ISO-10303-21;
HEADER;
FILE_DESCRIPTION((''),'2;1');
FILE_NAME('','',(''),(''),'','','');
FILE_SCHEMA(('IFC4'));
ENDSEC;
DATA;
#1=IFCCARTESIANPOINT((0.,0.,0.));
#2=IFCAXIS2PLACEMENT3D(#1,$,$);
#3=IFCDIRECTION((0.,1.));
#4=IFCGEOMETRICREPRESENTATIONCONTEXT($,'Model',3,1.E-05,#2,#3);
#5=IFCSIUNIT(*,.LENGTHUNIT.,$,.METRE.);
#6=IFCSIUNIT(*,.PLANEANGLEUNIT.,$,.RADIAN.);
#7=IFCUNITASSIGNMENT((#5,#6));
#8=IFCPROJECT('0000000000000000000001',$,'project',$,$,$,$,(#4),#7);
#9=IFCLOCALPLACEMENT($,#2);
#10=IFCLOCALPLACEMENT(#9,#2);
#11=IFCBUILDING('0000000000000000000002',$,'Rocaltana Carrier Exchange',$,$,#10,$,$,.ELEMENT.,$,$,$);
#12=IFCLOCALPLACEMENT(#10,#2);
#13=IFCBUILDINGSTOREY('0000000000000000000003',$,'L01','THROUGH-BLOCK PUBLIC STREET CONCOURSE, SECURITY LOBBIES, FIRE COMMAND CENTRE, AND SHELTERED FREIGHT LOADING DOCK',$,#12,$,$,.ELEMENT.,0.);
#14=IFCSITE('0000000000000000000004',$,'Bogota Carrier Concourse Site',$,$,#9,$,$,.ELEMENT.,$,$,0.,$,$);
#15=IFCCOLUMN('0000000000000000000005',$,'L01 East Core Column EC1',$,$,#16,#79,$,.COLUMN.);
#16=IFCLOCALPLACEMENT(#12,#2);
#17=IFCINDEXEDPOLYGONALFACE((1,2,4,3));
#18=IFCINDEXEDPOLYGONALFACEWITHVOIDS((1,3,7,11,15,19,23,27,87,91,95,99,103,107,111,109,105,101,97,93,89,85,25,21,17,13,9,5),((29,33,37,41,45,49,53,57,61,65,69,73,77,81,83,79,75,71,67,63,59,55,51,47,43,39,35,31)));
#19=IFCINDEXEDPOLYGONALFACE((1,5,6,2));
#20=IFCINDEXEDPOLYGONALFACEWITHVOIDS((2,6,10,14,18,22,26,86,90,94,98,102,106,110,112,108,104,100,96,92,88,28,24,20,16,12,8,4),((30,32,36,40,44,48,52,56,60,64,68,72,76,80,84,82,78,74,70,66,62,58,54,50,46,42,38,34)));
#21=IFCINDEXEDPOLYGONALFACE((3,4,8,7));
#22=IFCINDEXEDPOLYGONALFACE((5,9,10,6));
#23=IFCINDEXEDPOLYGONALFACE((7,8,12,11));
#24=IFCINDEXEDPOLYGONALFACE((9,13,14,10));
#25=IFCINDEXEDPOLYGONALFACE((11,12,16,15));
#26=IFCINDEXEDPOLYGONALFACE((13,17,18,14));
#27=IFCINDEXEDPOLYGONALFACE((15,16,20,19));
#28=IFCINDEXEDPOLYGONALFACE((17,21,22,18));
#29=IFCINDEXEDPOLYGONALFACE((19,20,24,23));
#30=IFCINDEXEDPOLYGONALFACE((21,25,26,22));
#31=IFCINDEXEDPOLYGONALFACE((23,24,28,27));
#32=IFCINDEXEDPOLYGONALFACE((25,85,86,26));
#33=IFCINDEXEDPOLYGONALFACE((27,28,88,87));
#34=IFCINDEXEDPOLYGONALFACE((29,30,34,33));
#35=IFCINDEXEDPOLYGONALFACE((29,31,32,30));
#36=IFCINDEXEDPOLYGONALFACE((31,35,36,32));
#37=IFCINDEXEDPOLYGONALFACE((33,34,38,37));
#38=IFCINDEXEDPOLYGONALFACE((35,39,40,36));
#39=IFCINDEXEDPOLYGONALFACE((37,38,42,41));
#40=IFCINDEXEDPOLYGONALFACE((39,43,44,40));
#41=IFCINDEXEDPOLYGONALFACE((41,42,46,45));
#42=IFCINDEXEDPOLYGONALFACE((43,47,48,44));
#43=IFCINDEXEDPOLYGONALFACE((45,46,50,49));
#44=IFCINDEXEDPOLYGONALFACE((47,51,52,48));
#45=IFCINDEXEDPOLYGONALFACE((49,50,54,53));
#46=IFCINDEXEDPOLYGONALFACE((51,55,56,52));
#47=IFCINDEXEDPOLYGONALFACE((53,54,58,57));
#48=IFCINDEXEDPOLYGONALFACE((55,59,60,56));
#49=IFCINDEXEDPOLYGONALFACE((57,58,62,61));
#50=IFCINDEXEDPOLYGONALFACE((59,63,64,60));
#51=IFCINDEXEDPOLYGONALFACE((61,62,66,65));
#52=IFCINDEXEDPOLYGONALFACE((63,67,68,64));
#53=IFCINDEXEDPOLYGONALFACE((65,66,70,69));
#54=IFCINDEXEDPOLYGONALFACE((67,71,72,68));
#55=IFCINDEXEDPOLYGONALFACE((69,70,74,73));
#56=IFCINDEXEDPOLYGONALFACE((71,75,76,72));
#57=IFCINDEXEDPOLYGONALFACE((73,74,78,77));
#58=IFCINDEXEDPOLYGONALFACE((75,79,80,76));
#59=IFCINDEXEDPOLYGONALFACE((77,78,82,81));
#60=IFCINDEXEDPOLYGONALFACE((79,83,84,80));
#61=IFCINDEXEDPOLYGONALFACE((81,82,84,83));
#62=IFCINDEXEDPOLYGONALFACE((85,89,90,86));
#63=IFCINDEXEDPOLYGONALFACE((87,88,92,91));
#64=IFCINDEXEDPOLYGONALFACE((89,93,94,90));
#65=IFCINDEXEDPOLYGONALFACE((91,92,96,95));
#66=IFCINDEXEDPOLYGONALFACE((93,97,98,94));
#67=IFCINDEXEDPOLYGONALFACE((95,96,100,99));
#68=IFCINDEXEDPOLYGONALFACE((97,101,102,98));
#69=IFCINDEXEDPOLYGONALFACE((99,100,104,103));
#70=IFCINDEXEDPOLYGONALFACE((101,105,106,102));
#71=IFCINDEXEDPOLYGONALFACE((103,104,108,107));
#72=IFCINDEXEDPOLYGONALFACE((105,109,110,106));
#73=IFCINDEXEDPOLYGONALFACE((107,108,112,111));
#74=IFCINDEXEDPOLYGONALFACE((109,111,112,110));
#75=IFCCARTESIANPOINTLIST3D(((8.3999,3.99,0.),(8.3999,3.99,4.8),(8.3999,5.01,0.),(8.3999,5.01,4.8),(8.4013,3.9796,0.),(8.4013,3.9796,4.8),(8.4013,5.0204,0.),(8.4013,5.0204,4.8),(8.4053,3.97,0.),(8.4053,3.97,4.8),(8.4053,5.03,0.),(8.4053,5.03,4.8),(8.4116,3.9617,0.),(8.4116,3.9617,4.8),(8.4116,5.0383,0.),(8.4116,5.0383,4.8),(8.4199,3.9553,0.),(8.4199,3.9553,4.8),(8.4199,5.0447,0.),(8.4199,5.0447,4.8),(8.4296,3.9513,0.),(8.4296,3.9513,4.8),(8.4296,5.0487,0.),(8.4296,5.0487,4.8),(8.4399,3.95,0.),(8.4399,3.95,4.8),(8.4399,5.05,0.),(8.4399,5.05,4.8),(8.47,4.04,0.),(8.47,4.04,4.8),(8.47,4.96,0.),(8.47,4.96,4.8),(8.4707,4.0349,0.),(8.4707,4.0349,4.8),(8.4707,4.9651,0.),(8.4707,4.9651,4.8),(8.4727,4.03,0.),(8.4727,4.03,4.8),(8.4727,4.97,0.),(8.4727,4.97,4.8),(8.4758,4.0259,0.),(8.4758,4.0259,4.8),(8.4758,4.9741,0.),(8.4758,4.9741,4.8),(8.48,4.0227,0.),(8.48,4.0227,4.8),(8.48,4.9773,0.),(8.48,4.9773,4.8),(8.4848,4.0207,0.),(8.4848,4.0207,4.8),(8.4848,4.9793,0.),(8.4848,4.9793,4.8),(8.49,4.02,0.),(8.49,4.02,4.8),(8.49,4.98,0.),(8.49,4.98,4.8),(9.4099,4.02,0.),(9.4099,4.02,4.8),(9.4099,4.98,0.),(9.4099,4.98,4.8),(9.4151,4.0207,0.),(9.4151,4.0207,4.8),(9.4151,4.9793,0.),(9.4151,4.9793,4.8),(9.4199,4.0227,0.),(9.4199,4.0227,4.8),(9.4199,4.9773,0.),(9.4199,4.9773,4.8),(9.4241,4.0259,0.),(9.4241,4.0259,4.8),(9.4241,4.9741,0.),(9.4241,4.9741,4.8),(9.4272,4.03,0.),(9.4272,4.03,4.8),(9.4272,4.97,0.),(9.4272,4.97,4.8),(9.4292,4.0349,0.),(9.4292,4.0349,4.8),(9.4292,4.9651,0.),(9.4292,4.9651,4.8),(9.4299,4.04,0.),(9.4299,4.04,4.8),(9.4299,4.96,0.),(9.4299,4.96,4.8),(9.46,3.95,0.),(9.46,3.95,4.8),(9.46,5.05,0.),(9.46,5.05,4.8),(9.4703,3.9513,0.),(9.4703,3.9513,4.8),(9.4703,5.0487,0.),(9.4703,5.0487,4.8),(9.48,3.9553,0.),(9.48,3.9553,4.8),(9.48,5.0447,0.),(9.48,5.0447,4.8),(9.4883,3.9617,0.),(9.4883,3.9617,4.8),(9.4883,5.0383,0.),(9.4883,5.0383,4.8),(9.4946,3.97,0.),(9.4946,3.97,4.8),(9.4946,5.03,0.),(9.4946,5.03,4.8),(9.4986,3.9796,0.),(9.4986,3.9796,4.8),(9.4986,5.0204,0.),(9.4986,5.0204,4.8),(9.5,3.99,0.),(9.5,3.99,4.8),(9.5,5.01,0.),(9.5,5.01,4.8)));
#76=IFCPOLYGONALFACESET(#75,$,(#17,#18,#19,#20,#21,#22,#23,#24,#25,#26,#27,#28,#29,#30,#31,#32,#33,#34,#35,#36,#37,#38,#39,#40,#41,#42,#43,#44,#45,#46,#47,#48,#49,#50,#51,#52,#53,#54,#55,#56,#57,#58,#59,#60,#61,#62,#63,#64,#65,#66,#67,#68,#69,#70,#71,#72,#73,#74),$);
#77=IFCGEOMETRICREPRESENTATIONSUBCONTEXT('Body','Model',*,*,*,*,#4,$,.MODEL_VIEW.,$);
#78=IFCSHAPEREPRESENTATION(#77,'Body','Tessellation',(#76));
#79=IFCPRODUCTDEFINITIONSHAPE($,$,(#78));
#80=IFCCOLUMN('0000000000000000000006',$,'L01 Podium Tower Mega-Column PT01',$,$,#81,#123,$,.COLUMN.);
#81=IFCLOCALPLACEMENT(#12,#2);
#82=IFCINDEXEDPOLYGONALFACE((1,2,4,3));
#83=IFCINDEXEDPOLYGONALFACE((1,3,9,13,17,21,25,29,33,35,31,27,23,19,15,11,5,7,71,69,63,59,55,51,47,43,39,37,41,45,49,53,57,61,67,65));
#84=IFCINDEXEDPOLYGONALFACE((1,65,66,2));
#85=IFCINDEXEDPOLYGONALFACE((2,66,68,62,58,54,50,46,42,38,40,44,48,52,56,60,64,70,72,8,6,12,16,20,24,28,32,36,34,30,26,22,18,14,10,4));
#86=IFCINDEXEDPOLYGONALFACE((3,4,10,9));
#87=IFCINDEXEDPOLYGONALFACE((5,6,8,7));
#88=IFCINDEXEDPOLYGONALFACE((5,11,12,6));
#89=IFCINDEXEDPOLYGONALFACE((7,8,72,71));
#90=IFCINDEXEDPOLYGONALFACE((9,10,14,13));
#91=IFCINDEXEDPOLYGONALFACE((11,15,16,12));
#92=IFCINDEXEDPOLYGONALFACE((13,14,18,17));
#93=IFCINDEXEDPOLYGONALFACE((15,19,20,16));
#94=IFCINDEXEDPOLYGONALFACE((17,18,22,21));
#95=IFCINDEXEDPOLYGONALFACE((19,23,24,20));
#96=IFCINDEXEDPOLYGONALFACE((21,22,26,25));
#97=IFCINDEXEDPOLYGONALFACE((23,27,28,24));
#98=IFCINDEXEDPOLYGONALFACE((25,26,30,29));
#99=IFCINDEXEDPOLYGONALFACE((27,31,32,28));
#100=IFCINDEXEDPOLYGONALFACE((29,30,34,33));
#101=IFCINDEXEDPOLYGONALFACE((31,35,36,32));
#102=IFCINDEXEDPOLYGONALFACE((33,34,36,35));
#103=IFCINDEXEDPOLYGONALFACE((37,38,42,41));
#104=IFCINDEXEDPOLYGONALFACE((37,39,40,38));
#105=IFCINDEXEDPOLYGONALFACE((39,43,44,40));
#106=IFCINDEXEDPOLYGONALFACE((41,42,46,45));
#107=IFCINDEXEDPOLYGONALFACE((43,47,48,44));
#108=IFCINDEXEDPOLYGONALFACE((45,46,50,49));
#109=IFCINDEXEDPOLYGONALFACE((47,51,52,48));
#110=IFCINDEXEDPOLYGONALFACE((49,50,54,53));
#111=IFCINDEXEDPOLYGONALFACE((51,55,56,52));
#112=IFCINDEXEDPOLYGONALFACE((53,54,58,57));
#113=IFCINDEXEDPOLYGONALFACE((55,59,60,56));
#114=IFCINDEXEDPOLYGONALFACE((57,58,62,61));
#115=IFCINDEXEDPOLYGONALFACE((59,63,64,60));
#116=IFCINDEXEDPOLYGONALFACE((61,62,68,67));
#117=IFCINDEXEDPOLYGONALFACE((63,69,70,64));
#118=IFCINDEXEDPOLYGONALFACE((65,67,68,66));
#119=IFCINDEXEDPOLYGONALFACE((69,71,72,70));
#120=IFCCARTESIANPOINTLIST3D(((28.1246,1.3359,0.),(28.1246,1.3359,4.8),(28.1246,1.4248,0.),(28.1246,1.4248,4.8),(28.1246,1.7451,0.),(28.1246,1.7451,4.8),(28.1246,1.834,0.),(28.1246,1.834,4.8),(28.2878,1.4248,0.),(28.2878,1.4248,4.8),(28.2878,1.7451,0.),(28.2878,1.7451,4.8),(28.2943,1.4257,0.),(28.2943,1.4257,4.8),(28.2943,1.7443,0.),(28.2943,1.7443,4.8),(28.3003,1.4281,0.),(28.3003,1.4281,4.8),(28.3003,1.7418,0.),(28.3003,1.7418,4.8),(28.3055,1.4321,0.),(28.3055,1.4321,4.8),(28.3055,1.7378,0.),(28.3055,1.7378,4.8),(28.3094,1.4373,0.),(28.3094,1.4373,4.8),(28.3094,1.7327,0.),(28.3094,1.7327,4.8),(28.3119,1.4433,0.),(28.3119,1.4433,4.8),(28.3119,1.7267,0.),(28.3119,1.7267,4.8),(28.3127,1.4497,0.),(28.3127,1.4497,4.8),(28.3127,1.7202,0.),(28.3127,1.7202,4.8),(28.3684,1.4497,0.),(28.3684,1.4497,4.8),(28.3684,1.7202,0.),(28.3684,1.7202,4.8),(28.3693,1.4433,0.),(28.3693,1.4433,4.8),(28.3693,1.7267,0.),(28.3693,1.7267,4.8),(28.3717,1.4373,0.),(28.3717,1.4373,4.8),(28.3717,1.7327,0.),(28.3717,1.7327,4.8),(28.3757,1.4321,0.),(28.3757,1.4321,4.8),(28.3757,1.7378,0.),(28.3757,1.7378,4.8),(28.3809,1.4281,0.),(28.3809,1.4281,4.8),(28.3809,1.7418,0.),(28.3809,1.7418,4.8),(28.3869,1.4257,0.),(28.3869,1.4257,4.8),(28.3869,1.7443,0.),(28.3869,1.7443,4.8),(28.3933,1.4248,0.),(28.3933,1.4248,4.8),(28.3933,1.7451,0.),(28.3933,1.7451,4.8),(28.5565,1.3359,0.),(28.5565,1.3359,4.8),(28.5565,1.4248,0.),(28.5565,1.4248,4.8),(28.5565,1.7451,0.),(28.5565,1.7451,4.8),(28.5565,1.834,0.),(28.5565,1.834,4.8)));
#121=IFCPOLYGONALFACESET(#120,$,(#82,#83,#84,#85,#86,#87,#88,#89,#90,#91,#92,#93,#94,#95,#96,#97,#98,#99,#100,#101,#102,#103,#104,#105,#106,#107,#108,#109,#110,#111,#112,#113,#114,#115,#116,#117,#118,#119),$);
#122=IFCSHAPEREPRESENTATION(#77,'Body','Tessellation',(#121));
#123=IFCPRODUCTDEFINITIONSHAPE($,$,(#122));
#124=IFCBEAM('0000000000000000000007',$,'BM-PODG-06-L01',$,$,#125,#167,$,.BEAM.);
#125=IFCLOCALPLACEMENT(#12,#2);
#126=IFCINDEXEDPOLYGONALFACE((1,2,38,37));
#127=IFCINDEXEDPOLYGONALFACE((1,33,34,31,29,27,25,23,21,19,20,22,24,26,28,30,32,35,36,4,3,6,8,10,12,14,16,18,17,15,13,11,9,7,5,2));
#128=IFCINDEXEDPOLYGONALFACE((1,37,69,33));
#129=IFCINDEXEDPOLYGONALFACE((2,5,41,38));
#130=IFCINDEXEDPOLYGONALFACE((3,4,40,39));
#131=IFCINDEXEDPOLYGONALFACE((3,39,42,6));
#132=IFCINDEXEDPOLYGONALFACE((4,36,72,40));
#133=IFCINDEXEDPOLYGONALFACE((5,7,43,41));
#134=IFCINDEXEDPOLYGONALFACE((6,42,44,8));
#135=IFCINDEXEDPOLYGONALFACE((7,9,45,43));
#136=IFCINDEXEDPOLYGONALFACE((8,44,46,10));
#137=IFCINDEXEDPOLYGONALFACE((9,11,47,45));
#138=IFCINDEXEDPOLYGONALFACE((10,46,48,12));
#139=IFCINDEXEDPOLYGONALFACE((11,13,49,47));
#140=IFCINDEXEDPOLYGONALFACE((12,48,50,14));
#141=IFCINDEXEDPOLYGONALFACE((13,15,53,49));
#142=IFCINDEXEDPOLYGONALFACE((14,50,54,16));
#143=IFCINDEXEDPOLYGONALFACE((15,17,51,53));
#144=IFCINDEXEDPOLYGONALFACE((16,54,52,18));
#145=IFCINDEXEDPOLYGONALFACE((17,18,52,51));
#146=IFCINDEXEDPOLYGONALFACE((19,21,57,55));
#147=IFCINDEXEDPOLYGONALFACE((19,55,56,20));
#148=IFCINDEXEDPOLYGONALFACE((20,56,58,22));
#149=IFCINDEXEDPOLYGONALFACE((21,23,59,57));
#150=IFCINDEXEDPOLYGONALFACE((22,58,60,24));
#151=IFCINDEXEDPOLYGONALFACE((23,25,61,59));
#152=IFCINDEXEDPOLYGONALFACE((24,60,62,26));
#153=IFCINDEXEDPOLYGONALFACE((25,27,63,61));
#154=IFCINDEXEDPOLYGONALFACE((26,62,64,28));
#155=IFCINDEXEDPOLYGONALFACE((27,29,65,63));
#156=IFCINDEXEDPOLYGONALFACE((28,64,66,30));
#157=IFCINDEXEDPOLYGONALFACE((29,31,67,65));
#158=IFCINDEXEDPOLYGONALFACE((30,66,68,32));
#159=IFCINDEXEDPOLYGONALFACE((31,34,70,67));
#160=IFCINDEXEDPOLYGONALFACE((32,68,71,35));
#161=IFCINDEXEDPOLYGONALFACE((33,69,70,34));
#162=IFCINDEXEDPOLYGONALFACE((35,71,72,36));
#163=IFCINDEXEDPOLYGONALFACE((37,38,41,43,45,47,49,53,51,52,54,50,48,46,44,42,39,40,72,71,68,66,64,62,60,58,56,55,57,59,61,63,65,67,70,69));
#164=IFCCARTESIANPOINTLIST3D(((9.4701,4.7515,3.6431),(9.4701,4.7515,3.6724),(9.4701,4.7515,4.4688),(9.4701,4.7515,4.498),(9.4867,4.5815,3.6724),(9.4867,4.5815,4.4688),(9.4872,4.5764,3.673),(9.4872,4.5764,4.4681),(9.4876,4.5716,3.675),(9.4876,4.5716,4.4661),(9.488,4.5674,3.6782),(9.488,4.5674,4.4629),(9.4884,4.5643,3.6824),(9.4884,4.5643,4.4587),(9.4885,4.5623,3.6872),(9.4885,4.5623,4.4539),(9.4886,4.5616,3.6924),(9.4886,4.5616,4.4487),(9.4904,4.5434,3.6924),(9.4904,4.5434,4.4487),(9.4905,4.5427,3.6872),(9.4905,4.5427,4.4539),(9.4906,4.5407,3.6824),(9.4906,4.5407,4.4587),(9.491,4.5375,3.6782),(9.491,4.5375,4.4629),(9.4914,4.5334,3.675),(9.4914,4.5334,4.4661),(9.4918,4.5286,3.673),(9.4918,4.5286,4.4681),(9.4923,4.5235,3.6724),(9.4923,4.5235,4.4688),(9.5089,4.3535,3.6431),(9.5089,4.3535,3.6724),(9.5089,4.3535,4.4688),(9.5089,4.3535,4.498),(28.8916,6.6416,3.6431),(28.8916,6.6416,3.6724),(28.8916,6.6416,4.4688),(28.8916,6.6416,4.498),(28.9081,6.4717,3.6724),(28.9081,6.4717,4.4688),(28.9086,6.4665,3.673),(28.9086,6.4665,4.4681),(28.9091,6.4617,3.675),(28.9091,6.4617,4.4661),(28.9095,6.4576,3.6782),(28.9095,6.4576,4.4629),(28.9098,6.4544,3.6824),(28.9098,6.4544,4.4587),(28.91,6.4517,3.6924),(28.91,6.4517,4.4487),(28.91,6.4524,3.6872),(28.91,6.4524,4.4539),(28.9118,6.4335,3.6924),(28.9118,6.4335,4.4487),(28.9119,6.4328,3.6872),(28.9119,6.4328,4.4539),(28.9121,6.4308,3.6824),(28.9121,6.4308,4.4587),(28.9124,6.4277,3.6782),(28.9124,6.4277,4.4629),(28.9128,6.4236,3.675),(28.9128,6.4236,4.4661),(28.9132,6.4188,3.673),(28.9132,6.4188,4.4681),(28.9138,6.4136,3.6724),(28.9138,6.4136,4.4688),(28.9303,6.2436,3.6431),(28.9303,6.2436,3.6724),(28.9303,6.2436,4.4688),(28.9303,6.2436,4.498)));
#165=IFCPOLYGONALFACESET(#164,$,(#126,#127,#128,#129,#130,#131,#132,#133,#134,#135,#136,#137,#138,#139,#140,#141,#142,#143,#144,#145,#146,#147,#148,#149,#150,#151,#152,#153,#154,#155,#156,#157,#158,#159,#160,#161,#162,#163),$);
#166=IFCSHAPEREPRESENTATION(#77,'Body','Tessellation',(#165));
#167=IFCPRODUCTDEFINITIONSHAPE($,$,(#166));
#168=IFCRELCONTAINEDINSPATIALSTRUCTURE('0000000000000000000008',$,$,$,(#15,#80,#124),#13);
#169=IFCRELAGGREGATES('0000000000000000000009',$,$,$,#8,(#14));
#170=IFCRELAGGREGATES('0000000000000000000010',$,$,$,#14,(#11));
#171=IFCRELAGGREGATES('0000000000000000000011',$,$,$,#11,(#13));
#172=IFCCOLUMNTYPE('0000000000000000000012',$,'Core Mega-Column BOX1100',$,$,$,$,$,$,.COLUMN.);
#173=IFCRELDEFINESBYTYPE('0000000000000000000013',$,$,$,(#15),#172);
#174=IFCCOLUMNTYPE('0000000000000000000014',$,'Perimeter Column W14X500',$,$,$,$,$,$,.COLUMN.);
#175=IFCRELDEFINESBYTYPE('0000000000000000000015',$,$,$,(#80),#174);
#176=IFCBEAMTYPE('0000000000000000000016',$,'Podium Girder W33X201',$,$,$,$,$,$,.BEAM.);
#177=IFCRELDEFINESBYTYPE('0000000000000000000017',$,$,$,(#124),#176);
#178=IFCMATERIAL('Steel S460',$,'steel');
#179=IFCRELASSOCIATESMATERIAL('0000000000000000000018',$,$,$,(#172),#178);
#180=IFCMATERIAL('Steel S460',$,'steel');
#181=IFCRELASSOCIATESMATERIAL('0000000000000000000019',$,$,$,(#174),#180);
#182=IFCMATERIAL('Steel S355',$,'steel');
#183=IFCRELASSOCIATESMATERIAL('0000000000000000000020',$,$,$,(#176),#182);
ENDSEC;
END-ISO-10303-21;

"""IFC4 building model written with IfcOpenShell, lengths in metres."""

from ifc_helpers import new_model, si_unit, direction, frame, origin, origin_2d, place, context, subcontext, project, spatial, hollow_rectangle, i_section, extrude, material, material_profile, profile_set, type_object, element, save


model = new_model("IFC4")

# Units and contexts
model_context = context("Model", 3, precision=1e-05, world=origin(), true_north=direction((0.0, 1.0)))
body_context = subcontext(model_context, "Body", "Model", "MODEL_VIEW")
ifc_project = project(units=[si_unit("LENGTHUNIT", "METRE"), si_unit("PLANEANGLEUNIT", "RADIAN")], contexts=[model_context])

# Site, building, storey
site_placement = place(None, origin())
site = spatial("IfcSite", under=ifc_project, at=site_placement, Name="Bogota Carrier Concourse Site", CompositionType="ELEMENT", RefElevation=0.0)
building_placement = place(site_placement, origin())
building = spatial("IfcBuilding", under=site, at=building_placement, Name="Rocaltana Carrier Exchange", CompositionType="ELEMENT")
storey_placement = place(building_placement, origin())
storey = spatial("IfcBuildingStorey", under=building, at=storey_placement, Name="L01", Description="THROUGH-BLOCK PUBLIC STREET CONCOURSE, SECURITY LOBBIES, FIRE COMMAND CENTRE, AND SHELTERED FREIGHT LOADING DOCK", CompositionType="ELEMENT", Elevation=0.0)

# Columns
ifc_material_1 = material(Name="Steel S460", Category="steel")
ifc_material_profile_1 = material_profile(ifc_material_1, hollow_rectangle(XDim=1.1001, YDim=1.1001, WallThickness=0.0701, InnerFilletRadius=0.02, OuterFilletRadius=0.04, at=origin_2d()), Name="BOX1100X1100X70")
ifc_profile_set_1 = profile_set([ifc_material_profile_1], Name="Steel S460")
column_type_1 = type_object("IfcColumnType", Name="Core Mega-Column BOX1100", PredefinedType="COLUMN", material=ifc_profile_set_1)
for number, where, z_axis, x_axis, name in (
    (1, (8.95, 4.5, 0.0), (0.0, 0.0, 1.0), (1.0, 0.0, 0.0), "L01 East Core Column EC1"),
):
    element("IfcColumn", number, at=place(storey_placement, frame(where, z_axis=z_axis, x_axis=x_axis)), inside=storey, type_object=column_type_1, Name=name, PredefinedType="COLUMN", context=body_context, shape_type="SweptSolid", body=[
        extrude(hollow_rectangle(XDim=1.1001, YDim=1.1001, WallThickness=0.0701, InnerFilletRadius=0.02, OuterFilletRadius=0.04, at=origin_2d()), origin(), (0.0, 0.0, 1.0), 4.8),
    ])
ifc_material_2 = material(Name="Steel S460", Category="steel")
ifc_material_profile_2 = material_profile(ifc_material_2, i_section(OverallWidth=0.4319, OverallDepth=0.498, WebThickness=0.0557, FlangeThickness=0.0889, FilletRadius=0.0249, at=origin_2d()), Name="W14X500")
ifc_profile_set_2 = profile_set([ifc_material_profile_2], Name="Steel S460")
column_type_2 = type_object("IfcColumnType", Name="Perimeter Column W14X500", PredefinedType="COLUMN", material=ifc_profile_set_2)
column_1_placement = place(storey_placement, frame((28.3406, 1.585, 0.0), z_axis=(0.0, 0.0, 1.0), x_axis=(1.0, 0.0, 0.0)))
element("IfcColumn", 2, at=column_1_placement, inside=storey, type_object=column_type_2, Name="L01 Podium Tower Mega-Column PT01", PredefinedType="COLUMN", context=body_context, shape_type="SweptSolid", body=[
    extrude(i_section(OverallWidth=0.4319, OverallDepth=0.498, WebThickness=0.0557, FlangeThickness=0.0889, FilletRadius=0.0249, at=origin_2d()), origin(), (0.0, 0.0, 1.0), 4.8),
])

# Beam
ifc_material_3 = material(Name="Steel S355", Category="steel")
ifc_material_profile_3 = material_profile(ifc_material_3, i_section(OverallWidth=0.3999, OverallDepth=0.855, WebThickness=0.0183, FlangeThickness=0.0293, FilletRadius=0.02, at=origin_2d()), Name="W33X201")
ifc_profile_set_3 = profile_set([ifc_material_profile_3], Name="Steel S355")
beam_type = type_object("IfcBeamType", Name="Podium Girder W33X201", PredefinedType="BEAM", material=ifc_profile_set_3)
beam_1_placement = place(storey_placement, frame((9.4895, 4.5525, 4.0706), z_axis=(0.995298, 0.096865, 0.0), x_axis=(-0.096865, 0.995298, 0.0)))
element("IfcBeam", 3, at=beam_1_placement, inside=storey, type_object=beam_type, Name="BM-PODG-06-L01", PredefinedType="BEAM", context=body_context, shape_type="SweptSolid", body=[
    extrude(i_section(OverallWidth=0.3999, OverallDepth=0.855, WebThickness=0.0183, FlangeThickness=0.0293, FilletRadius=0.02, at=origin_2d()), origin(), (0.0, 0.0, 1.0), 19.5132),
])

save(model, "model.ifc")
